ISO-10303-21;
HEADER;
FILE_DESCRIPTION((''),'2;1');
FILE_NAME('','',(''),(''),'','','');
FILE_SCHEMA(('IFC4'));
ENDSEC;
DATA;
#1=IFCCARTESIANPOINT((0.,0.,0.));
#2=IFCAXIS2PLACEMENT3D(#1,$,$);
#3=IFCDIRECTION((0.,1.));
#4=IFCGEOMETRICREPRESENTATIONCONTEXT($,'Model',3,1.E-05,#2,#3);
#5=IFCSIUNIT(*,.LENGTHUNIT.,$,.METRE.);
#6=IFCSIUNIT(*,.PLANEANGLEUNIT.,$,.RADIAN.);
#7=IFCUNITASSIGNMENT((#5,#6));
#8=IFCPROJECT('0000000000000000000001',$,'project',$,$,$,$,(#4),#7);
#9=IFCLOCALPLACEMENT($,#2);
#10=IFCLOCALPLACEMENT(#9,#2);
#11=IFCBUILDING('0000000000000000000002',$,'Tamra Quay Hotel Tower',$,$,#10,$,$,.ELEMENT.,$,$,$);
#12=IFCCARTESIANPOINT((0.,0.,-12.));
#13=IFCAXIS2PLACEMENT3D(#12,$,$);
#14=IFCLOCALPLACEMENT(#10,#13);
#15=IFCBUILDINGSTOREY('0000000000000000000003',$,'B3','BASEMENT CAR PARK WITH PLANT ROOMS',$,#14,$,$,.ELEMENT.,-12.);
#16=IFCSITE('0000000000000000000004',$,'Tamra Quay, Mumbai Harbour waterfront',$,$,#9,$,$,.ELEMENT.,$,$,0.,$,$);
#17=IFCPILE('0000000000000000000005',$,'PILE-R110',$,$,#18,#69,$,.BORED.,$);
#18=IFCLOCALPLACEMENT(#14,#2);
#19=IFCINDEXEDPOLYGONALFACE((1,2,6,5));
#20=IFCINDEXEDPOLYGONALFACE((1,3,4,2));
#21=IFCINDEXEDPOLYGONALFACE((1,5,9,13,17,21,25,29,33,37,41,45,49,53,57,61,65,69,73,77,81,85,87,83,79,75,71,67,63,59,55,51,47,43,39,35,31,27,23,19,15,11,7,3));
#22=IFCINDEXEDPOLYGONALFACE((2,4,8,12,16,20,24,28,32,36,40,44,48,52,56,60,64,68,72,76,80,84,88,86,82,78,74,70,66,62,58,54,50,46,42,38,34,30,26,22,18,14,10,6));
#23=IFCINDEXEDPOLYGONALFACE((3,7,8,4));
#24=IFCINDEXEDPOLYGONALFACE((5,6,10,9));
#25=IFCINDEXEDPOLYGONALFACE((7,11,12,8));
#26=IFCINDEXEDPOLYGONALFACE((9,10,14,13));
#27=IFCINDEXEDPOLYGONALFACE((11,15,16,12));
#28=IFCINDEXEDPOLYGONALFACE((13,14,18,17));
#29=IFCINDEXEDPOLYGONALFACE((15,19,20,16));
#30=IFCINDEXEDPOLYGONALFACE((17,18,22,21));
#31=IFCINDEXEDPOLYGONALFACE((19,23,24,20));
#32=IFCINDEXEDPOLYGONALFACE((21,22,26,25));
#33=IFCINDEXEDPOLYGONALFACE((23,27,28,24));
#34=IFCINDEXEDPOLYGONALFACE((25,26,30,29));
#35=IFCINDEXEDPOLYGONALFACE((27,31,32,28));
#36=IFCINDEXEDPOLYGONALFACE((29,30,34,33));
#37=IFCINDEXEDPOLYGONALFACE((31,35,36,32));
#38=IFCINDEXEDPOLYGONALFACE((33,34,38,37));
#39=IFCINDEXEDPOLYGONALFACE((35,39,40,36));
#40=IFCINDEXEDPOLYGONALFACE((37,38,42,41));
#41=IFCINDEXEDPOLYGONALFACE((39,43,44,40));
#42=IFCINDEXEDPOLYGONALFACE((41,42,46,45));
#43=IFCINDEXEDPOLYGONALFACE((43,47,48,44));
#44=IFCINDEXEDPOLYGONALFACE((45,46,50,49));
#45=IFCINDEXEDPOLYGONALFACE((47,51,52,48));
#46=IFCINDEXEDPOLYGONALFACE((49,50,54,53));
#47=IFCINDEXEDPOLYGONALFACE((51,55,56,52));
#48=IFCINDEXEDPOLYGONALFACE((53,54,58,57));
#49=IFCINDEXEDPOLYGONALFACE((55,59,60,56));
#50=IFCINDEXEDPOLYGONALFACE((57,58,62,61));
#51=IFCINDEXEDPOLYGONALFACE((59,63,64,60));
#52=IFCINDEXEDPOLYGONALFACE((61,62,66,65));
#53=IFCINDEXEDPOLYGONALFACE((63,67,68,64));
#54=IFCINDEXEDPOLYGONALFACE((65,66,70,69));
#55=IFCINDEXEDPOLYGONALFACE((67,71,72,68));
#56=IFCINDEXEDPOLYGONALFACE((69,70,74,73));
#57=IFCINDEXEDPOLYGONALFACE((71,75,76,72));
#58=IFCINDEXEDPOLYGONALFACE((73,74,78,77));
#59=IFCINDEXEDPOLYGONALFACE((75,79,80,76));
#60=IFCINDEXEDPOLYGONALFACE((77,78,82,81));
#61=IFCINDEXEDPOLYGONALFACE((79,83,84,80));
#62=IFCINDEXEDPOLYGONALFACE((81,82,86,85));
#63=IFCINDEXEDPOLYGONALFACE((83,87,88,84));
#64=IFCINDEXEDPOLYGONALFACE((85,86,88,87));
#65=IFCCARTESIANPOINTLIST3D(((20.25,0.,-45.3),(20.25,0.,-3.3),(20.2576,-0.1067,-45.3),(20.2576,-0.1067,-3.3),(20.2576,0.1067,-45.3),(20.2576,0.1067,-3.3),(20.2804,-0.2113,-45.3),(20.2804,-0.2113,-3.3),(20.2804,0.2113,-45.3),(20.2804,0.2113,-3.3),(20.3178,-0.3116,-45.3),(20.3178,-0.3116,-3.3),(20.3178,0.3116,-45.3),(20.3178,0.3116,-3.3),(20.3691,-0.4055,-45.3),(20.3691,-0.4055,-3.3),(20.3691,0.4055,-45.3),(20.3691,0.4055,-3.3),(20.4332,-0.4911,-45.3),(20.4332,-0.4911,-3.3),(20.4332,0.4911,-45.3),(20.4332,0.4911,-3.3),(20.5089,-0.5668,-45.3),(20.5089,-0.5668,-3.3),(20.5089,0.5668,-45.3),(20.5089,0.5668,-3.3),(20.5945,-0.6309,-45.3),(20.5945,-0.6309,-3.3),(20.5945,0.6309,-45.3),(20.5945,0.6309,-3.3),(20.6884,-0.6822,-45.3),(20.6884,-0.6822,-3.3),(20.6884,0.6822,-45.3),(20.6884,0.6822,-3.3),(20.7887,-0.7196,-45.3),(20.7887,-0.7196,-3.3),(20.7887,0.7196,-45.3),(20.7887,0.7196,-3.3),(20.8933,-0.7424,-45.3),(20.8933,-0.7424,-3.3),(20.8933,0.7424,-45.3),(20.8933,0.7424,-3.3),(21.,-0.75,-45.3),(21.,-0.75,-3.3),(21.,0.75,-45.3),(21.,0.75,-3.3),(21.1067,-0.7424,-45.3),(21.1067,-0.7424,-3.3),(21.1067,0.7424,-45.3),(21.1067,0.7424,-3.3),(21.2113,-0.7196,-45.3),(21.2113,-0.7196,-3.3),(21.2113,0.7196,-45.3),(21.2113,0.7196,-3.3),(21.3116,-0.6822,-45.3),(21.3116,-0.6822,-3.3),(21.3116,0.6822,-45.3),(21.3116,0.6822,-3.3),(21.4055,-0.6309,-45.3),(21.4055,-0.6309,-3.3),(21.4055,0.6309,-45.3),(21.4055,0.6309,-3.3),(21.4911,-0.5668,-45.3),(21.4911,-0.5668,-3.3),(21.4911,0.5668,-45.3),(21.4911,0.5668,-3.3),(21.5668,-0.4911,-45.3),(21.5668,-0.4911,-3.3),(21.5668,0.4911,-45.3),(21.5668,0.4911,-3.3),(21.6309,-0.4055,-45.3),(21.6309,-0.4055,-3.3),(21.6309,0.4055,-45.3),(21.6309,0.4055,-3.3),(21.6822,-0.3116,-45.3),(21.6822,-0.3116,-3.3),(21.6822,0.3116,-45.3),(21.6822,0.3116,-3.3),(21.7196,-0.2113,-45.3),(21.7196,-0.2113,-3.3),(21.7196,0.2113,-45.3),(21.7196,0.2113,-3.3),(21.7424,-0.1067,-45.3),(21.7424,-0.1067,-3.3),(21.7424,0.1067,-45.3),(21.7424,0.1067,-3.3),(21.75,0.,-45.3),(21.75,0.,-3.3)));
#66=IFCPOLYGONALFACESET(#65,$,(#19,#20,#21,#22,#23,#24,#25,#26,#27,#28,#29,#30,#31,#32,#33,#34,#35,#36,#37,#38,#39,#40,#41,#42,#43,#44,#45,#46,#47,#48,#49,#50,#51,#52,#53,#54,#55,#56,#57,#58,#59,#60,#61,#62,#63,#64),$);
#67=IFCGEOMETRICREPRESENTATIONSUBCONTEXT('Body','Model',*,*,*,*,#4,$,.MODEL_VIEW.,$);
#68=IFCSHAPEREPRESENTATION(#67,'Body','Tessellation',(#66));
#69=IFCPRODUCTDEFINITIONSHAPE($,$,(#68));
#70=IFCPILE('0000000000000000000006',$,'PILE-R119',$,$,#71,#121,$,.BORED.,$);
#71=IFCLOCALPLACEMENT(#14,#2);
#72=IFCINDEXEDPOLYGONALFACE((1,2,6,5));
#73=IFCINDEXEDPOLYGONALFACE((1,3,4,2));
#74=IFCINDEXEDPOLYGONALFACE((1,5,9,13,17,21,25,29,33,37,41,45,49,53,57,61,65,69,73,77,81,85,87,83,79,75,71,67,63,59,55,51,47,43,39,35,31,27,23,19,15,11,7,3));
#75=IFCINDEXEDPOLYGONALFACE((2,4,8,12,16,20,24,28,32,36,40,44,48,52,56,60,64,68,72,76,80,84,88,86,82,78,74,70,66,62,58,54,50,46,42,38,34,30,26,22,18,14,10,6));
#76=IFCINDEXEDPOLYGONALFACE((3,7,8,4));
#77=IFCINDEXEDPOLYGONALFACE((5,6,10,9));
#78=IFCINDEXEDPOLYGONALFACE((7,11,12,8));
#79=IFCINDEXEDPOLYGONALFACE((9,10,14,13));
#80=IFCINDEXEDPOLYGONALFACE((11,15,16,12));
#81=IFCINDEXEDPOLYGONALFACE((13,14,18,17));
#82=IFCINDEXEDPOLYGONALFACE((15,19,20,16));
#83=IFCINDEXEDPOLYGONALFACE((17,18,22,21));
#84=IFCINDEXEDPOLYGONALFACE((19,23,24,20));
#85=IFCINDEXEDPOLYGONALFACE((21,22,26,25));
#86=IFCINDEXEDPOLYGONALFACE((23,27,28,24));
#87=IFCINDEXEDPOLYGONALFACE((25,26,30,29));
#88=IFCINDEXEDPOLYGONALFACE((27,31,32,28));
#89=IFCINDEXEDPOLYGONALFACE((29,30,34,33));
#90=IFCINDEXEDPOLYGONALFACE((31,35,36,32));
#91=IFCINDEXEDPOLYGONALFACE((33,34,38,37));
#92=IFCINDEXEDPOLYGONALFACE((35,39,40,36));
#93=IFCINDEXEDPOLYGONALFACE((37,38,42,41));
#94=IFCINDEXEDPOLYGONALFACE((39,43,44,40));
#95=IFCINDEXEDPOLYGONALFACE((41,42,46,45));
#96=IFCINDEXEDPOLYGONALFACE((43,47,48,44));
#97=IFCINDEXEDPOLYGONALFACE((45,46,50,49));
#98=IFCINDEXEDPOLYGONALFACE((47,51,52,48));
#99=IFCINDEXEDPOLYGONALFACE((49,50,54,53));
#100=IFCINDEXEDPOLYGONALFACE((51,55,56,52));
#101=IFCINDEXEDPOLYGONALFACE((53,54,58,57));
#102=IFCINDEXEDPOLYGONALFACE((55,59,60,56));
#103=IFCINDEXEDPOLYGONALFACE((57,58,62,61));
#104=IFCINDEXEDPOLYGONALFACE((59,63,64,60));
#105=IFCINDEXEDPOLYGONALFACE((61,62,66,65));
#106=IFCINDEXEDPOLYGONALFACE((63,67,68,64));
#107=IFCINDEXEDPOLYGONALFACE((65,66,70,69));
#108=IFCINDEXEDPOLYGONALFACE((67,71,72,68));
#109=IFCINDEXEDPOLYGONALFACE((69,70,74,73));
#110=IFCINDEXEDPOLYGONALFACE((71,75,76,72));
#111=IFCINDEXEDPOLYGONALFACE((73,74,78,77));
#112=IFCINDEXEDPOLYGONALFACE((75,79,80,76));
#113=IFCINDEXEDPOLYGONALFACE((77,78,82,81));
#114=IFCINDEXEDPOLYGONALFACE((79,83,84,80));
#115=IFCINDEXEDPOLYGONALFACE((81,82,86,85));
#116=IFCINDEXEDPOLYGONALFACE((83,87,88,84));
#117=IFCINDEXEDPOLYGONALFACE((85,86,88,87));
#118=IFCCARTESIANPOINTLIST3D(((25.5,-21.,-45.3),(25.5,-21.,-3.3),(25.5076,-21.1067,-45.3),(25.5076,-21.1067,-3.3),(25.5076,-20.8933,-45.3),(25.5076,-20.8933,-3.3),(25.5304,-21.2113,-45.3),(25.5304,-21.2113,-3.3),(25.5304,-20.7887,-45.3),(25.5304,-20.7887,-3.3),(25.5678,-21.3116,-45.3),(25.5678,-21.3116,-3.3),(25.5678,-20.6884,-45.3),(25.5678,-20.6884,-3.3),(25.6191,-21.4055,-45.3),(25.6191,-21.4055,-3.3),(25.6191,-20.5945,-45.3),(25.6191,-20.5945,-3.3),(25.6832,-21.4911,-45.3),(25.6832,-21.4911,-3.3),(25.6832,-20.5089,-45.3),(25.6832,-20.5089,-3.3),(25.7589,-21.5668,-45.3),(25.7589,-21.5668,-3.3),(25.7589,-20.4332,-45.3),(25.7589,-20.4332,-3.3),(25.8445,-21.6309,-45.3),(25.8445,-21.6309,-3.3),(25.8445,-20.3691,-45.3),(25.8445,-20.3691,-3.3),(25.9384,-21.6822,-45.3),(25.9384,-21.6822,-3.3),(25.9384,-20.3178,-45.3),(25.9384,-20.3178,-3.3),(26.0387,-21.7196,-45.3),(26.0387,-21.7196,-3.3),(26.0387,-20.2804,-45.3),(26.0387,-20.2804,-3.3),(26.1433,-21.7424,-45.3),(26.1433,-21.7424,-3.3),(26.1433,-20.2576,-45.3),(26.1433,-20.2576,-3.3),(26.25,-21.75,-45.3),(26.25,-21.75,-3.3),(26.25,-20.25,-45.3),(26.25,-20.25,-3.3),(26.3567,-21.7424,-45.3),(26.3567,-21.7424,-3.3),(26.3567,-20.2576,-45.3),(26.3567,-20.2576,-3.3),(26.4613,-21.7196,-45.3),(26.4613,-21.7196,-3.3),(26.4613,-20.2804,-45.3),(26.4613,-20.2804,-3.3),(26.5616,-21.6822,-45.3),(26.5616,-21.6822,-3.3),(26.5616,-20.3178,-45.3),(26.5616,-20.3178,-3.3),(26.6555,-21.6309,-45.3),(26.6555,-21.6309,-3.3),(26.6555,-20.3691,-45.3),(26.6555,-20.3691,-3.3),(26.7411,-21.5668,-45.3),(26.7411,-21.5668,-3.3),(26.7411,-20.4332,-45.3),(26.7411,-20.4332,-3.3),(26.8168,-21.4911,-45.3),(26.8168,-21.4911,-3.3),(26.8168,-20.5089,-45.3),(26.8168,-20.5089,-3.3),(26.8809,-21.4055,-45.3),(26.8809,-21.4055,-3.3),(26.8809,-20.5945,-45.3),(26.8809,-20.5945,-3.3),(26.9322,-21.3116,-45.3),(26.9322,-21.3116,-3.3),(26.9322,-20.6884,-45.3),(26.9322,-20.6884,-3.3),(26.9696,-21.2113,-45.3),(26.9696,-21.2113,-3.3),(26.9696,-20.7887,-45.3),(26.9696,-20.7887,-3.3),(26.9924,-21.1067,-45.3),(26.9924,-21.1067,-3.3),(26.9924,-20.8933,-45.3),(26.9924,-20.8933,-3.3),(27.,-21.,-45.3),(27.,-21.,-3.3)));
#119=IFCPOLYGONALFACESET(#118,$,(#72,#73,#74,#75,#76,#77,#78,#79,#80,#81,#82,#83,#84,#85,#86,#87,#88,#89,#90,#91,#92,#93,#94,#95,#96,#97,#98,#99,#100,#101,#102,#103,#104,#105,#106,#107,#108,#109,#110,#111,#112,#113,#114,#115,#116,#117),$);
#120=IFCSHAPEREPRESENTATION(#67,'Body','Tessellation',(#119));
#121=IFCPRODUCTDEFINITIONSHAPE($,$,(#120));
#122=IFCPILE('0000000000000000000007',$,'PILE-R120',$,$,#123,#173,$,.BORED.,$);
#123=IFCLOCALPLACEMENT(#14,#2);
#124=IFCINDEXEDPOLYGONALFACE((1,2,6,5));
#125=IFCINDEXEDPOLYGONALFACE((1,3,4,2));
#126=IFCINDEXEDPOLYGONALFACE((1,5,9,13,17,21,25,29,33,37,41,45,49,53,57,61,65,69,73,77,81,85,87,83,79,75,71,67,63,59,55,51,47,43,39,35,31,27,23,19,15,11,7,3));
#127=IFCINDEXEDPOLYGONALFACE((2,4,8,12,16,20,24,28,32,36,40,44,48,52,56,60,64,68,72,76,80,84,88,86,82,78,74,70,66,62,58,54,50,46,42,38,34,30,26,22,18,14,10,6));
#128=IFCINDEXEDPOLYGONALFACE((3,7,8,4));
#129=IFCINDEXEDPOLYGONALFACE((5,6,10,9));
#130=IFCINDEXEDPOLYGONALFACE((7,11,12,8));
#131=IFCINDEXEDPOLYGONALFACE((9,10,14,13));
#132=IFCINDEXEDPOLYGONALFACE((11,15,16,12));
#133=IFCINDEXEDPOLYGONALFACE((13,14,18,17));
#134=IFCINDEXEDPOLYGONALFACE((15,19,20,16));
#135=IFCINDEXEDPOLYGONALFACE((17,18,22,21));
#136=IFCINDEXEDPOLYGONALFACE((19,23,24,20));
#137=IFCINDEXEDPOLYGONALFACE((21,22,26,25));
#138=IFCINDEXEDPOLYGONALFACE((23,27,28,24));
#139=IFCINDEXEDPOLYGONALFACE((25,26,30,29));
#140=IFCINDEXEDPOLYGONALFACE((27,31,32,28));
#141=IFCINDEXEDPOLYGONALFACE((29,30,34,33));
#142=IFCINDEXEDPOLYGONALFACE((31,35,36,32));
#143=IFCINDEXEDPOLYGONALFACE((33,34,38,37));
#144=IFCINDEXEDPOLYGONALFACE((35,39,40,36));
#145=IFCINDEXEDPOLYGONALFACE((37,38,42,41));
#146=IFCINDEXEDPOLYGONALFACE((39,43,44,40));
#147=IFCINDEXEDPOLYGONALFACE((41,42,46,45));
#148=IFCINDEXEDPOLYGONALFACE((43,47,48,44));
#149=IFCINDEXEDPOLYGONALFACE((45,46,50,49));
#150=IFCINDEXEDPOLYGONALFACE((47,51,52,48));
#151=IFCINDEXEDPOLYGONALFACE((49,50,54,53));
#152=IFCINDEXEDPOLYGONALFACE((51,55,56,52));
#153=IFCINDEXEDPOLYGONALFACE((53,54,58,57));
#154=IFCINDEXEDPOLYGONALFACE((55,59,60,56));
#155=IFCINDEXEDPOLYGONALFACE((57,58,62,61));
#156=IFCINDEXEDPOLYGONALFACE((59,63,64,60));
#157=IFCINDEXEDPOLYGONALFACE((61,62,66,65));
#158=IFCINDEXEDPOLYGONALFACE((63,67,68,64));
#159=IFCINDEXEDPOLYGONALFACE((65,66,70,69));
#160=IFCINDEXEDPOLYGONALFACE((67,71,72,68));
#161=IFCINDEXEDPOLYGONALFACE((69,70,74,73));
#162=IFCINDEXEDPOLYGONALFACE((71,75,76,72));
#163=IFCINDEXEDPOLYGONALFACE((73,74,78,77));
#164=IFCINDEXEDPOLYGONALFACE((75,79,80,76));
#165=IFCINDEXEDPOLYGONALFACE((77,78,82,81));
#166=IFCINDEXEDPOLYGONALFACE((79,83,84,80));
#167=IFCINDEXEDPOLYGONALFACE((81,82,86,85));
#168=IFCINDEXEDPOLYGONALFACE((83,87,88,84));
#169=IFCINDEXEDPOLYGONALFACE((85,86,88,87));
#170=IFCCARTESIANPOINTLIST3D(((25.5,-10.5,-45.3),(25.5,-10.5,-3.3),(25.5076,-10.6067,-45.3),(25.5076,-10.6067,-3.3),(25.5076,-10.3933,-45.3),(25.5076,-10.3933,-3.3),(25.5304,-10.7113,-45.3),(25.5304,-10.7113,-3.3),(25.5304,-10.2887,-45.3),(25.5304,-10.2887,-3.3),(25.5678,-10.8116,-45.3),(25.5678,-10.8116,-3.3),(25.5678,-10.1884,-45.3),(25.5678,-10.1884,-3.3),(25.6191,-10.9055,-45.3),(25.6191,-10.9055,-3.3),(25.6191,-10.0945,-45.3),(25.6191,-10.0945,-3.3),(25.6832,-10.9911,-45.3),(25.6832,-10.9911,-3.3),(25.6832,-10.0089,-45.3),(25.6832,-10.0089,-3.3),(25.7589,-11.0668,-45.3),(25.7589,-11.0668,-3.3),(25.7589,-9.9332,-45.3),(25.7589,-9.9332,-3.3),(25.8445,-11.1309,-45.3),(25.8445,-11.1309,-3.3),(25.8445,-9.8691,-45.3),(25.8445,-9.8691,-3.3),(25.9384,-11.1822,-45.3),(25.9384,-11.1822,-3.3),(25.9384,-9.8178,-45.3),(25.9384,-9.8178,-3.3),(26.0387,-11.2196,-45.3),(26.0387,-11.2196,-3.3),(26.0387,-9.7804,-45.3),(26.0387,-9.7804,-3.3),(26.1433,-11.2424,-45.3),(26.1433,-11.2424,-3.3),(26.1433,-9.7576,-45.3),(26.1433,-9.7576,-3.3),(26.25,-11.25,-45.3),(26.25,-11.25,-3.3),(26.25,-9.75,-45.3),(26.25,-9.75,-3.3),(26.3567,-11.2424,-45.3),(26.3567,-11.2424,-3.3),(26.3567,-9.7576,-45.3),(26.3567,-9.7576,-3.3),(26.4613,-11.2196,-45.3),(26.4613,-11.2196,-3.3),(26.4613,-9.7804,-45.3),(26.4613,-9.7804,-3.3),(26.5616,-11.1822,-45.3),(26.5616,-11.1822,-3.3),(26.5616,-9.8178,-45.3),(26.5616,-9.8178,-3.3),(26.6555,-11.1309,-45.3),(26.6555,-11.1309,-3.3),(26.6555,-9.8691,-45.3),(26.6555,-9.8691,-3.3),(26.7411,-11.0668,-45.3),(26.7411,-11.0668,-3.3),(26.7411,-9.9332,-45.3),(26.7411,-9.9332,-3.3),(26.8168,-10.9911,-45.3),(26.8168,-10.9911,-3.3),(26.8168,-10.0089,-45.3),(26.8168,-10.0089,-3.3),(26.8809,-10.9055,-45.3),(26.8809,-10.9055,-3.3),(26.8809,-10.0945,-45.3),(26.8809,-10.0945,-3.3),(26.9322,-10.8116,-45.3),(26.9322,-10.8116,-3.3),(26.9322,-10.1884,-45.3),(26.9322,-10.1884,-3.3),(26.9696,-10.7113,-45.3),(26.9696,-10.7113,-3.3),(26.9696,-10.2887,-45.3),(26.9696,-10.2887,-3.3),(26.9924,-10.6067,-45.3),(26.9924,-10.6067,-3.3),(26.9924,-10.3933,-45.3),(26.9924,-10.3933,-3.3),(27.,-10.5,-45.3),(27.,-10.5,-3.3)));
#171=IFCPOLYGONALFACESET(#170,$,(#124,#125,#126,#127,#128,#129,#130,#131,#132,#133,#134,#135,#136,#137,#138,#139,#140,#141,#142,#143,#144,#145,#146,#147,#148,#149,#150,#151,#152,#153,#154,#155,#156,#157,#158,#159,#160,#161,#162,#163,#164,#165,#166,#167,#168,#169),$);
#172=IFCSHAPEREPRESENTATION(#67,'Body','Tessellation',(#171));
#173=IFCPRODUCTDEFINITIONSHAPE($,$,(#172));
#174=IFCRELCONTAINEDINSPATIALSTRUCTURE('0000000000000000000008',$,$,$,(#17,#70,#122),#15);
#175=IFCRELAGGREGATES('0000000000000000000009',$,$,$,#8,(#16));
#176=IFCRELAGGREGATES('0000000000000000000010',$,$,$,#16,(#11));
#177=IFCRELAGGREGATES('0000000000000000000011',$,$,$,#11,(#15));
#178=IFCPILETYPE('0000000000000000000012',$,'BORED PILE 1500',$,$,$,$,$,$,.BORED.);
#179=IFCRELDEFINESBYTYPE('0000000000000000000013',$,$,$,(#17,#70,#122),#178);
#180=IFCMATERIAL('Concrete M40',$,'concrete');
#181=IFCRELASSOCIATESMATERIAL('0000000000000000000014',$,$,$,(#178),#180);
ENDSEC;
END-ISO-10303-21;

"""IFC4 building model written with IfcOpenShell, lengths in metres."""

from ifc_helpers import new_model, si_unit, direction, frame, origin, origin_2d, place, context, subcontext, project, spatial, circle, extrude, material, material_profile, profile_set, type_object, element, save


model = new_model("IFC4")

# Units and contexts
model_context = context("Model", 3, precision=1e-05, world=origin(), true_north=direction((0.0, 1.0)))
body_context = subcontext(model_context, "Body", "Model", "MODEL_VIEW")
ifc_project = project(units=[si_unit("LENGTHUNIT", "METRE"), si_unit("PLANEANGLEUNIT", "RADIAN")], contexts=[model_context])

# Site, building, storey
site_placement = place(None, origin())
site = spatial("IfcSite", under=ifc_project, at=site_placement, Name="Tamra Quay, Mumbai Harbour waterfront", CompositionType="ELEMENT", RefElevation=0.0)
building_placement = place(site_placement, origin())
building = spatial("IfcBuilding", under=site, at=building_placement, Name="Tamra Quay Hotel Tower", CompositionType="ELEMENT")
storey_placement = place(building_placement, frame((0.0, 0.0, -12.0)))
storey = spatial("IfcBuildingStorey", under=building, at=storey_placement, Name="B3", Description="BASEMENT CAR PARK WITH PLANT ROOMS", CompositionType="ELEMENT", Elevation=-12.0)

# Piles
ifc_material_1 = material(Name="Concrete M40", Category="concrete")
ifc_material_profile_1 = material_profile(ifc_material_1, circle(Radius=0.75, at=origin_2d()), Name="BORED PILE 1500")
ifc_profile_set_1 = profile_set([ifc_material_profile_1], Name="Concrete M40")
pile_type_1 = type_object("IfcPileType", Name="BORED PILE 1500", PredefinedType="BORED", material=ifc_profile_set_1)
for number, where, z_axis, x_axis, name in (
    (1, (21.0, 0.0, -3.3), (0.0, 0.0, -1.0), (1.0, 0.0, 0.0), "PILE-R110"),
    (2, (26.25, -21.0, -3.3), (0.0, 0.0, -1.0), (1.0, 0.0, 0.0), "PILE-R119"),
    (3, (26.25, -10.5, -3.3), (0.0, 0.0, -1.0), (1.0, 0.0, 0.0), "PILE-R120"),
):
    element("IfcPile", number, at=place(storey_placement, frame(where, z_axis=z_axis, x_axis=x_axis)), inside=storey, type_object=pile_type_1, Name=name, PredefinedType="BORED", context=body_context, shape_type="SweptSolid", body=[
        extrude(circle(Radius=0.75, at=origin_2d()), origin(), (0.0, 0.0, 1.0), 42.0),
    ])

save(model, "model.ifc")
